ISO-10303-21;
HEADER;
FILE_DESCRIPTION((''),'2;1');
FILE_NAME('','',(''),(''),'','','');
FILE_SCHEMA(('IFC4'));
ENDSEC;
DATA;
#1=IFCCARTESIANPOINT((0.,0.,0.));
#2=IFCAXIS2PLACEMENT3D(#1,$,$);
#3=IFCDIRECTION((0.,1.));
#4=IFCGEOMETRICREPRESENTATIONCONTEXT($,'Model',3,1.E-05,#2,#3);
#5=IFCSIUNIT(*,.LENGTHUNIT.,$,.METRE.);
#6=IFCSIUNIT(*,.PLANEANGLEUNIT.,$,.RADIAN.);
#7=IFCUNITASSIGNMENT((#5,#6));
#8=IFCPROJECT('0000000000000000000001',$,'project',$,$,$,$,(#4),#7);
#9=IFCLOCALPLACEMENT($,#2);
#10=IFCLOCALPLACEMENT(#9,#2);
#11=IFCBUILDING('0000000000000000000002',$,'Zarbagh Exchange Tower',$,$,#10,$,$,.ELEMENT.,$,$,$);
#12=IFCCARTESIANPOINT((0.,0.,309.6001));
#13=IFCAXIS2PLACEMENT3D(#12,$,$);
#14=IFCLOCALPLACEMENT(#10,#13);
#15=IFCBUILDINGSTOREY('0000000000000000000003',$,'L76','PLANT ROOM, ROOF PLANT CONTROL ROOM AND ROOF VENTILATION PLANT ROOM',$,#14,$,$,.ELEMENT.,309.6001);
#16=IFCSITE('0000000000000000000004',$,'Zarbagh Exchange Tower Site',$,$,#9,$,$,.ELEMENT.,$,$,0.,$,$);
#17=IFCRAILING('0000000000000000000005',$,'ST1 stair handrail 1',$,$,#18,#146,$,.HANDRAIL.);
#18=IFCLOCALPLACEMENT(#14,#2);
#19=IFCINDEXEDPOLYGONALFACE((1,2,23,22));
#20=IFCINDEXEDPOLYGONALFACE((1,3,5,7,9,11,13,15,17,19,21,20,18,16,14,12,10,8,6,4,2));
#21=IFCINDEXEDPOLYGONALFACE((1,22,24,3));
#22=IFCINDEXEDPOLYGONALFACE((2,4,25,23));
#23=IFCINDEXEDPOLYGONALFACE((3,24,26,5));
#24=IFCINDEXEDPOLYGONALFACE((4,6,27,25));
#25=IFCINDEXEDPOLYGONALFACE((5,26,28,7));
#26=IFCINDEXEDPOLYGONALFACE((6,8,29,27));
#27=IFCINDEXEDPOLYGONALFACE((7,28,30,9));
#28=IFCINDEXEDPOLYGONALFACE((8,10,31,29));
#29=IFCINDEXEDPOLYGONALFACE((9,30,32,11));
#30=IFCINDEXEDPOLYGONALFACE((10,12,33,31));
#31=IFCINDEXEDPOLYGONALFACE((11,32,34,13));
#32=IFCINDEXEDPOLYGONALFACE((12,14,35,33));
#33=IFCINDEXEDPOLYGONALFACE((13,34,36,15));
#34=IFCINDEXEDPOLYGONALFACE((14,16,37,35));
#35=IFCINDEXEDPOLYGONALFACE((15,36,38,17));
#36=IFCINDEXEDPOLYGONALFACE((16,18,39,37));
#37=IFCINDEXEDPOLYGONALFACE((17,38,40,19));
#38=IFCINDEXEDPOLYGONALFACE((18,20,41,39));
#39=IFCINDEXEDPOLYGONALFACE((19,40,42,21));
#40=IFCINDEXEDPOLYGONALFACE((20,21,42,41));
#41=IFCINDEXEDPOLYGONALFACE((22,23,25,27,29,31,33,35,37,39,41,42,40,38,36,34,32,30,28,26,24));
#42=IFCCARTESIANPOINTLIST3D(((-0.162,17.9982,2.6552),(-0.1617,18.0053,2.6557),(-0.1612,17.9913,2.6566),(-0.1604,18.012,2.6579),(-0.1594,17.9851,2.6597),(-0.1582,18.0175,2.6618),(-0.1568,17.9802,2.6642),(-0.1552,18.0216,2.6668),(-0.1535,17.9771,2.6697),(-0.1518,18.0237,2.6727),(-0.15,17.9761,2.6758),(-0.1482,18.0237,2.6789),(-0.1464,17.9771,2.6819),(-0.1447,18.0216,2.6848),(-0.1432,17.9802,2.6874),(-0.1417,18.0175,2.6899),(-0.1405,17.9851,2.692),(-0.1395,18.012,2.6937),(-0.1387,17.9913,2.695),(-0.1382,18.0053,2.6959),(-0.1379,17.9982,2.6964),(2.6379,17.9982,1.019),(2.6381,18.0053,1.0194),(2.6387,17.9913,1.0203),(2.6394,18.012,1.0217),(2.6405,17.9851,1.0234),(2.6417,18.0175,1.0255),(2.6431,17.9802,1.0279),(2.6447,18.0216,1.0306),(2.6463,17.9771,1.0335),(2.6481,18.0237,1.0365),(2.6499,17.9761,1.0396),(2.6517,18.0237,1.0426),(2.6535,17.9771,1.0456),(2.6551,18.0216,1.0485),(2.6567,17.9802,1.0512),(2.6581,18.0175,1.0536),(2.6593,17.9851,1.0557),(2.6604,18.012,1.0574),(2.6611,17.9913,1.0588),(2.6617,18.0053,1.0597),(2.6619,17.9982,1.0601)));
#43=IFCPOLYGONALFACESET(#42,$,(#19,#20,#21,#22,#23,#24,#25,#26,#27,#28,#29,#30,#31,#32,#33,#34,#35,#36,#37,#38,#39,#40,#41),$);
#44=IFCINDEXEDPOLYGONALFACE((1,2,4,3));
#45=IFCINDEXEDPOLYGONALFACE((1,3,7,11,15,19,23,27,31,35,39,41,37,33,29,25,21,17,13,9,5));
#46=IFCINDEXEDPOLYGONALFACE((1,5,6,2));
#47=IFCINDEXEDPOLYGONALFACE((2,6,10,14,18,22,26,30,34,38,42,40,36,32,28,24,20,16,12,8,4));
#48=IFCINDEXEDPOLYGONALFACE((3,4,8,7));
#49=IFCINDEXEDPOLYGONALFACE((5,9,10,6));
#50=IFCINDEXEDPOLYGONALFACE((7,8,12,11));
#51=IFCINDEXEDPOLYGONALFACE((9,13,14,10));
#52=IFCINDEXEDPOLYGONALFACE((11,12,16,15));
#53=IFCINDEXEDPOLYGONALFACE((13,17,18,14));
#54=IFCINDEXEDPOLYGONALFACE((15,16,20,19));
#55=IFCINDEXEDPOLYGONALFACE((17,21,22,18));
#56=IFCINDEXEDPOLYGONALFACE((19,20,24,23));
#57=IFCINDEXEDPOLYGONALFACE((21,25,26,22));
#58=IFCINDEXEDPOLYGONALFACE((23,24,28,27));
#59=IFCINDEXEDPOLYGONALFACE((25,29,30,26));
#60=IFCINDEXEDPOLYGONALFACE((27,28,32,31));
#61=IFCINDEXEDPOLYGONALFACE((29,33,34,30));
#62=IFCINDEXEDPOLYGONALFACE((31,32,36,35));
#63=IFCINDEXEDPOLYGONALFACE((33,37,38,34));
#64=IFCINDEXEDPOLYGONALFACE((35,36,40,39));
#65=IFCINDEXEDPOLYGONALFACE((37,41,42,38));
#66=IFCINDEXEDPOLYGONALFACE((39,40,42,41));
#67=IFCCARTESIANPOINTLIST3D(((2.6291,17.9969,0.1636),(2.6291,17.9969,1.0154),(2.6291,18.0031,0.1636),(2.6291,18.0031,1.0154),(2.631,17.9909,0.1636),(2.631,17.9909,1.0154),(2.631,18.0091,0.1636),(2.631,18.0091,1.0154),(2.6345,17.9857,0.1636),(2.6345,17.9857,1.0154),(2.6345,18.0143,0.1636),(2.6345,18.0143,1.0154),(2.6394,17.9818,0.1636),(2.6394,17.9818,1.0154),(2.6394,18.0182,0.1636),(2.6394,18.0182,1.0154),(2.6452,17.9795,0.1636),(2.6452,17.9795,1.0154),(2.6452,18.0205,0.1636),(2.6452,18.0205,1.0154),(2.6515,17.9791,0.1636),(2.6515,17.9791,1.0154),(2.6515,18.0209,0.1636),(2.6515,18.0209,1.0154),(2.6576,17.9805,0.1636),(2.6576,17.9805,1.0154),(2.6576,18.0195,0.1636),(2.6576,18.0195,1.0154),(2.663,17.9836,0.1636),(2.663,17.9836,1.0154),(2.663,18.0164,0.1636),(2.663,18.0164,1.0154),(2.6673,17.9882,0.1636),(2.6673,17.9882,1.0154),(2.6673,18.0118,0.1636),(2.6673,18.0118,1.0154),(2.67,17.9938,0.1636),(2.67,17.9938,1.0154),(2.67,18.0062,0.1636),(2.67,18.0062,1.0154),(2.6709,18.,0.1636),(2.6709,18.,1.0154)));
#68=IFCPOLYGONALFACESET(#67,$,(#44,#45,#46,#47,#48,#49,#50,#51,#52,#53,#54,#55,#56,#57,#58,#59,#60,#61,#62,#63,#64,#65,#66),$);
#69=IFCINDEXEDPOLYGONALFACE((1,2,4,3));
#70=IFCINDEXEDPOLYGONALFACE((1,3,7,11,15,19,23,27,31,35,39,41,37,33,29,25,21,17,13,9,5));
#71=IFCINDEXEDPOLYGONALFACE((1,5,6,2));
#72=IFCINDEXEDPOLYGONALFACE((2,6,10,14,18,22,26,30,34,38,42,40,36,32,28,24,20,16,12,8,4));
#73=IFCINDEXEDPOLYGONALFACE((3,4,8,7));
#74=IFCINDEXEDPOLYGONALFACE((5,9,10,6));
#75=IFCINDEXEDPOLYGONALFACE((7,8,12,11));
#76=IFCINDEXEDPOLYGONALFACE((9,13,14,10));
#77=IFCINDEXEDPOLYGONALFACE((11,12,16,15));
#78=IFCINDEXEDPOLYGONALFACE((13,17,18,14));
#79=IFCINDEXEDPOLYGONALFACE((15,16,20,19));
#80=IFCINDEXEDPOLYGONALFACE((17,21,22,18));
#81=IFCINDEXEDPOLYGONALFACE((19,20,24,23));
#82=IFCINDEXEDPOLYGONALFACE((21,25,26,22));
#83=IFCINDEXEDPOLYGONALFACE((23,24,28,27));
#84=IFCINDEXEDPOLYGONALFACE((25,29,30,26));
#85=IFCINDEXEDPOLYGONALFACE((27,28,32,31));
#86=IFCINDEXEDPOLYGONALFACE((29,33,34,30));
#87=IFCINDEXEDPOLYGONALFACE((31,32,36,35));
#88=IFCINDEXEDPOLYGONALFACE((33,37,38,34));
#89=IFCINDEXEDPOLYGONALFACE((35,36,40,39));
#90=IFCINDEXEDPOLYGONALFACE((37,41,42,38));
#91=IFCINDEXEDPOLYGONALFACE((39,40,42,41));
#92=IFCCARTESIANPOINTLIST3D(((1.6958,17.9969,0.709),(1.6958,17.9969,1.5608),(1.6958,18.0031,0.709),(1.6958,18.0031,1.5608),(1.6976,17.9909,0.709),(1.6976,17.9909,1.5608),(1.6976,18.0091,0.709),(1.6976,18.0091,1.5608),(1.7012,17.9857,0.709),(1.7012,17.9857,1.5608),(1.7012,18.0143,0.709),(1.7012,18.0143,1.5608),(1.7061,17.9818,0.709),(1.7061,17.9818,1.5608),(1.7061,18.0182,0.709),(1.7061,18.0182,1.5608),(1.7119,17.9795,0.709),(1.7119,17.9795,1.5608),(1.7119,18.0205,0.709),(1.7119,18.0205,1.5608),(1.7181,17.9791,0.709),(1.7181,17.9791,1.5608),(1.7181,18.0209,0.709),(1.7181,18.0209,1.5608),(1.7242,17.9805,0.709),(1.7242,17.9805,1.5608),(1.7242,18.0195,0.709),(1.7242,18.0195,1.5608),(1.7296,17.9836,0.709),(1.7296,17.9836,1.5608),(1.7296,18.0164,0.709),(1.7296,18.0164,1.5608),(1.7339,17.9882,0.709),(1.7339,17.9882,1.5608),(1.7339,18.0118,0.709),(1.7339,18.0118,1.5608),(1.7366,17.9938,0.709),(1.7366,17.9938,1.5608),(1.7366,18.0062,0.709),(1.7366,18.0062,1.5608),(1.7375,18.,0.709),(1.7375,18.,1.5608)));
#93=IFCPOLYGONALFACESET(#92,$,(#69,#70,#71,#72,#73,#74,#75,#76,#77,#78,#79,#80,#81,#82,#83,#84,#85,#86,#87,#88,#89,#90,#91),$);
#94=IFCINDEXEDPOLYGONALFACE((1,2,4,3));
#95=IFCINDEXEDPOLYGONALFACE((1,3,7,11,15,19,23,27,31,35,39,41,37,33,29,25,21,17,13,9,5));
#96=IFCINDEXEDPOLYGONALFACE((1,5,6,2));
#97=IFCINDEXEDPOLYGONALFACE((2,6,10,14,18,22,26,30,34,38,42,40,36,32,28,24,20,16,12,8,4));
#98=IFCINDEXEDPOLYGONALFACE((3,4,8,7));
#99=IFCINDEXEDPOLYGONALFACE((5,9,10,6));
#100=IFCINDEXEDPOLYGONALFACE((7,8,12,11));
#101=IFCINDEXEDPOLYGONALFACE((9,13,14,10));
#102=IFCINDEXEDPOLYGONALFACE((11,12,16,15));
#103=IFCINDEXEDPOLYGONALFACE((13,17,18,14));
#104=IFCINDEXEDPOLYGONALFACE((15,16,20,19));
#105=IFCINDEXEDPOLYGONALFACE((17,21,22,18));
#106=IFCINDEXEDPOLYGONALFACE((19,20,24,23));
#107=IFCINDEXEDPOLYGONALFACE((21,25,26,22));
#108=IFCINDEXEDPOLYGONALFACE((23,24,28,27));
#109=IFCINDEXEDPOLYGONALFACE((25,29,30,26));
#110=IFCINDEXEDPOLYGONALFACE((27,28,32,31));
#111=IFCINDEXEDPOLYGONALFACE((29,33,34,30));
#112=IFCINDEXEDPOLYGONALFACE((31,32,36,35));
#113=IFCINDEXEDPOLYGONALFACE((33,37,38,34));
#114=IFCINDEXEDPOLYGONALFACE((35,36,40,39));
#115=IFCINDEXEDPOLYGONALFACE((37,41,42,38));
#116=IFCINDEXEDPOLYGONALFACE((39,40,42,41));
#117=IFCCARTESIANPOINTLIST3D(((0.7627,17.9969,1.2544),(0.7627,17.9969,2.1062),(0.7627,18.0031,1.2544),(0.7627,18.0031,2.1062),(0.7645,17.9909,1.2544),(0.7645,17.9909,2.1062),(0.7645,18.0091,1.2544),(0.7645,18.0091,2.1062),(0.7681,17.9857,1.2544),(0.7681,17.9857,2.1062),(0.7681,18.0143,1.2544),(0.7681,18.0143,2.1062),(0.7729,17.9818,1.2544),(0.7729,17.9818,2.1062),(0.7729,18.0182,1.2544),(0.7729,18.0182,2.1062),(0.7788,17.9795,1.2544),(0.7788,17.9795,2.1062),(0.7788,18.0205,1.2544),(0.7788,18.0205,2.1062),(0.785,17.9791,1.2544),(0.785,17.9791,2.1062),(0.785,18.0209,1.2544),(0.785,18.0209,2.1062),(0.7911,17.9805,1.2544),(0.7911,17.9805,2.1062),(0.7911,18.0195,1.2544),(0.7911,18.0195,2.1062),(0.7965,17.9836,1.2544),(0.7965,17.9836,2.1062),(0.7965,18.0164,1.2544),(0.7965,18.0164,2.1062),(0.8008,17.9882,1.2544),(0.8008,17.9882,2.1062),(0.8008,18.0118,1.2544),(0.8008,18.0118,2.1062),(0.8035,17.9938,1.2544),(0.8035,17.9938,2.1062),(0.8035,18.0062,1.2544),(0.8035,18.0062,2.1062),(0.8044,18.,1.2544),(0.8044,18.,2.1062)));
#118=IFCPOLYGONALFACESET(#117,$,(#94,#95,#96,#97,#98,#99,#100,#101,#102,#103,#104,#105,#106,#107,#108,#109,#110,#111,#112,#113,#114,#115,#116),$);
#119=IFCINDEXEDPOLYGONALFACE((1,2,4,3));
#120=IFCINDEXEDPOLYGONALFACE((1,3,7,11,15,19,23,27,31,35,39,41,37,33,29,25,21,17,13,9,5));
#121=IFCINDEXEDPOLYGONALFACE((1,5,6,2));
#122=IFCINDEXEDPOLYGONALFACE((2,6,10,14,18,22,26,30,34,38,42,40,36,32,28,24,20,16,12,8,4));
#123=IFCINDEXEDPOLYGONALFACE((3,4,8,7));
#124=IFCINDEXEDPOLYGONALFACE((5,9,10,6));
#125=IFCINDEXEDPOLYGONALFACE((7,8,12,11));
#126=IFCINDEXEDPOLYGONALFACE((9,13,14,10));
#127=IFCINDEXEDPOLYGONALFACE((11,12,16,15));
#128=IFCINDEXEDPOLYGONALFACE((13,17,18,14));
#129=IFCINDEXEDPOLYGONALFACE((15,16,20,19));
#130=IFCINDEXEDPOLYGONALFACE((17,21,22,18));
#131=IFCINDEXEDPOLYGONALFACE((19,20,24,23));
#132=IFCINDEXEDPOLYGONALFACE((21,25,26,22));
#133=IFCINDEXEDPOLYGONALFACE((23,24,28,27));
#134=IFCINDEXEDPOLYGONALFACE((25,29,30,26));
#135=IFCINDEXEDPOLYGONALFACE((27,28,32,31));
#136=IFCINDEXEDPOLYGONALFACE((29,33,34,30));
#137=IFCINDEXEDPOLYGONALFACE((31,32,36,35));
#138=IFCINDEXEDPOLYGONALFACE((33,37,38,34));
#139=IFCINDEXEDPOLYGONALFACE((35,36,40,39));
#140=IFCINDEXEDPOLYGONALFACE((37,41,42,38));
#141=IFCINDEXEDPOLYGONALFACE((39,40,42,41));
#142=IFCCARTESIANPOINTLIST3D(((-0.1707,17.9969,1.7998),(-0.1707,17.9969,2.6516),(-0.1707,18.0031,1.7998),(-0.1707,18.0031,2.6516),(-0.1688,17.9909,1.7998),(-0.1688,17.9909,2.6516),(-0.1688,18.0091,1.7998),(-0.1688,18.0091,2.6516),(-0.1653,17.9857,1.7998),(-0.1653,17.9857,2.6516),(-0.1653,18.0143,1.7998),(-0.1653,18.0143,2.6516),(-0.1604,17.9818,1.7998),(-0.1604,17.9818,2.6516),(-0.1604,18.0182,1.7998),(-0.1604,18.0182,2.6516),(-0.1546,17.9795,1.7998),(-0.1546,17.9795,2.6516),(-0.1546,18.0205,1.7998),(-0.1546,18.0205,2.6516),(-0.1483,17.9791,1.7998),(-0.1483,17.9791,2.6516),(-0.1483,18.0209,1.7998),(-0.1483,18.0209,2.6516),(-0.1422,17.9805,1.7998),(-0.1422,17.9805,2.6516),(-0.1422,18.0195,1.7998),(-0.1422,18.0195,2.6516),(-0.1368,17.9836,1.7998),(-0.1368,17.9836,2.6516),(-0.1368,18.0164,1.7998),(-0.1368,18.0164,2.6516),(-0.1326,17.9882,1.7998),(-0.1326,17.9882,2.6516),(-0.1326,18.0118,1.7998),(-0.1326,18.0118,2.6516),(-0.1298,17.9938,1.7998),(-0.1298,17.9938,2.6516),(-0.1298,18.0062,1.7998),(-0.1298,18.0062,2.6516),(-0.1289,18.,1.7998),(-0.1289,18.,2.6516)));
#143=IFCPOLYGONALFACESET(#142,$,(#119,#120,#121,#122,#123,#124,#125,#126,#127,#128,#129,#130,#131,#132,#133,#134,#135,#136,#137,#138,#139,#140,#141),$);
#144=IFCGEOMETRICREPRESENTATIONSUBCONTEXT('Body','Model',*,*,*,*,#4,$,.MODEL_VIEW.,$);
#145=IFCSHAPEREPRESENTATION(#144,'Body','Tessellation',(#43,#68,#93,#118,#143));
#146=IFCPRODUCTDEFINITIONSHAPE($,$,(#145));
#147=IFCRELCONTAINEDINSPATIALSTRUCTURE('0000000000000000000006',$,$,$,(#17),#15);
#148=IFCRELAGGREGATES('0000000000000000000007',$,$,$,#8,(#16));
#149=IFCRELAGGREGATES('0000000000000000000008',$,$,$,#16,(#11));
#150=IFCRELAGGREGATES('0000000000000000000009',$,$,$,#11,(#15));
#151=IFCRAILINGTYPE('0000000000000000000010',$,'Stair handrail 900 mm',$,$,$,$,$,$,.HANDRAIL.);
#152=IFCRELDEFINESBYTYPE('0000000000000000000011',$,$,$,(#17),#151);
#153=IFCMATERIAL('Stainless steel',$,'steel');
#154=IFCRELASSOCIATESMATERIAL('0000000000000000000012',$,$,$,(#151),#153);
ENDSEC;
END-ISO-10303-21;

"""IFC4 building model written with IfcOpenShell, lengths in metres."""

from ifc_helpers import new_model, si_unit, direction, frame, origin, origin_2d, place, context, subcontext, project, spatial, circle, extrude, material, type_object, element, save


model = new_model("IFC4")

# Units and contexts
model_context = context("Model", 3, precision=1e-05, world=origin(), true_north=direction((0.0, 1.0)))
body_context = subcontext(model_context, "Body", "Model", "MODEL_VIEW")
ifc_project = project(units=[si_unit("LENGTHUNIT", "METRE"), si_unit("PLANEANGLEUNIT", "RADIAN")], contexts=[model_context])

# Site, building, storey
site_placement = place(None, origin())
site = spatial("IfcSite", under=ifc_project, at=site_placement, Name="Zarbagh Exchange Tower Site", CompositionType="ELEMENT", RefElevation=0.0)
building_placement = place(site_placement, origin())
building = spatial("IfcBuilding", under=site, at=building_placement, Name="Zarbagh Exchange Tower", CompositionType="ELEMENT")
storey_placement = place(building_placement, frame((0.0, 0.0, 309.6001)))
storey = spatial("IfcBuildingStorey", under=building, at=storey_placement, Name="L76", Description="PLANT ROOM, ROOF PLANT CONTROL ROOM AND ROOF VENTILATION PLANT ROOM", CompositionType="ELEMENT", Elevation=309.6001)

# Shared definitions
ifc_material_1 = material(Name="Stainless steel", Category="steel")

# Railing
railing_type_1 = type_object("IfcRailingType", Name="Stair handrail 900 mm", PredefinedType="HANDRAIL", material=ifc_material_1)
railing_1_placement = place(storey_placement, frame((2.6499, 18.0, 0.1636)))
element("IfcRailing", 1, at=railing_1_placement, inside=storey, type_object=railing_type_1, Name="ST1 stair handrail 1", PredefinedType="HANDRAIL", context=body_context, shape_type="SweptSolid", body=[
    extrude(circle(Radius=0.0239, at=origin_2d()), frame((0.0, 0.0, 0.876), z_axis=(-0.863374, 0.0, 0.504564), x_axis=(0.0, -1.0, 0.0)), (0.0, 0.0, 1.0), 3.2429),
    extrude(circle(Radius=0.021, at=origin_2d()), origin(), (0.0, 0.0, 1.0), 0.8518),
    extrude(circle(Radius=0.021, at=origin_2d()), frame((-0.9333, 0.0, 0.5454)), (0.0, 0.0, 1.0), 0.8518),
    extrude(circle(Radius=0.021, at=origin_2d()), frame((-1.8665, 0.0, 1.0908)), (0.0, 0.0, 1.0), 0.8518),
    extrude(circle(Radius=0.021, at=origin_2d()), frame((-2.7998, 0.0, 1.6362)), (0.0, 0.0, 1.0), 0.8518),
])

save(model, "model.ifc")
